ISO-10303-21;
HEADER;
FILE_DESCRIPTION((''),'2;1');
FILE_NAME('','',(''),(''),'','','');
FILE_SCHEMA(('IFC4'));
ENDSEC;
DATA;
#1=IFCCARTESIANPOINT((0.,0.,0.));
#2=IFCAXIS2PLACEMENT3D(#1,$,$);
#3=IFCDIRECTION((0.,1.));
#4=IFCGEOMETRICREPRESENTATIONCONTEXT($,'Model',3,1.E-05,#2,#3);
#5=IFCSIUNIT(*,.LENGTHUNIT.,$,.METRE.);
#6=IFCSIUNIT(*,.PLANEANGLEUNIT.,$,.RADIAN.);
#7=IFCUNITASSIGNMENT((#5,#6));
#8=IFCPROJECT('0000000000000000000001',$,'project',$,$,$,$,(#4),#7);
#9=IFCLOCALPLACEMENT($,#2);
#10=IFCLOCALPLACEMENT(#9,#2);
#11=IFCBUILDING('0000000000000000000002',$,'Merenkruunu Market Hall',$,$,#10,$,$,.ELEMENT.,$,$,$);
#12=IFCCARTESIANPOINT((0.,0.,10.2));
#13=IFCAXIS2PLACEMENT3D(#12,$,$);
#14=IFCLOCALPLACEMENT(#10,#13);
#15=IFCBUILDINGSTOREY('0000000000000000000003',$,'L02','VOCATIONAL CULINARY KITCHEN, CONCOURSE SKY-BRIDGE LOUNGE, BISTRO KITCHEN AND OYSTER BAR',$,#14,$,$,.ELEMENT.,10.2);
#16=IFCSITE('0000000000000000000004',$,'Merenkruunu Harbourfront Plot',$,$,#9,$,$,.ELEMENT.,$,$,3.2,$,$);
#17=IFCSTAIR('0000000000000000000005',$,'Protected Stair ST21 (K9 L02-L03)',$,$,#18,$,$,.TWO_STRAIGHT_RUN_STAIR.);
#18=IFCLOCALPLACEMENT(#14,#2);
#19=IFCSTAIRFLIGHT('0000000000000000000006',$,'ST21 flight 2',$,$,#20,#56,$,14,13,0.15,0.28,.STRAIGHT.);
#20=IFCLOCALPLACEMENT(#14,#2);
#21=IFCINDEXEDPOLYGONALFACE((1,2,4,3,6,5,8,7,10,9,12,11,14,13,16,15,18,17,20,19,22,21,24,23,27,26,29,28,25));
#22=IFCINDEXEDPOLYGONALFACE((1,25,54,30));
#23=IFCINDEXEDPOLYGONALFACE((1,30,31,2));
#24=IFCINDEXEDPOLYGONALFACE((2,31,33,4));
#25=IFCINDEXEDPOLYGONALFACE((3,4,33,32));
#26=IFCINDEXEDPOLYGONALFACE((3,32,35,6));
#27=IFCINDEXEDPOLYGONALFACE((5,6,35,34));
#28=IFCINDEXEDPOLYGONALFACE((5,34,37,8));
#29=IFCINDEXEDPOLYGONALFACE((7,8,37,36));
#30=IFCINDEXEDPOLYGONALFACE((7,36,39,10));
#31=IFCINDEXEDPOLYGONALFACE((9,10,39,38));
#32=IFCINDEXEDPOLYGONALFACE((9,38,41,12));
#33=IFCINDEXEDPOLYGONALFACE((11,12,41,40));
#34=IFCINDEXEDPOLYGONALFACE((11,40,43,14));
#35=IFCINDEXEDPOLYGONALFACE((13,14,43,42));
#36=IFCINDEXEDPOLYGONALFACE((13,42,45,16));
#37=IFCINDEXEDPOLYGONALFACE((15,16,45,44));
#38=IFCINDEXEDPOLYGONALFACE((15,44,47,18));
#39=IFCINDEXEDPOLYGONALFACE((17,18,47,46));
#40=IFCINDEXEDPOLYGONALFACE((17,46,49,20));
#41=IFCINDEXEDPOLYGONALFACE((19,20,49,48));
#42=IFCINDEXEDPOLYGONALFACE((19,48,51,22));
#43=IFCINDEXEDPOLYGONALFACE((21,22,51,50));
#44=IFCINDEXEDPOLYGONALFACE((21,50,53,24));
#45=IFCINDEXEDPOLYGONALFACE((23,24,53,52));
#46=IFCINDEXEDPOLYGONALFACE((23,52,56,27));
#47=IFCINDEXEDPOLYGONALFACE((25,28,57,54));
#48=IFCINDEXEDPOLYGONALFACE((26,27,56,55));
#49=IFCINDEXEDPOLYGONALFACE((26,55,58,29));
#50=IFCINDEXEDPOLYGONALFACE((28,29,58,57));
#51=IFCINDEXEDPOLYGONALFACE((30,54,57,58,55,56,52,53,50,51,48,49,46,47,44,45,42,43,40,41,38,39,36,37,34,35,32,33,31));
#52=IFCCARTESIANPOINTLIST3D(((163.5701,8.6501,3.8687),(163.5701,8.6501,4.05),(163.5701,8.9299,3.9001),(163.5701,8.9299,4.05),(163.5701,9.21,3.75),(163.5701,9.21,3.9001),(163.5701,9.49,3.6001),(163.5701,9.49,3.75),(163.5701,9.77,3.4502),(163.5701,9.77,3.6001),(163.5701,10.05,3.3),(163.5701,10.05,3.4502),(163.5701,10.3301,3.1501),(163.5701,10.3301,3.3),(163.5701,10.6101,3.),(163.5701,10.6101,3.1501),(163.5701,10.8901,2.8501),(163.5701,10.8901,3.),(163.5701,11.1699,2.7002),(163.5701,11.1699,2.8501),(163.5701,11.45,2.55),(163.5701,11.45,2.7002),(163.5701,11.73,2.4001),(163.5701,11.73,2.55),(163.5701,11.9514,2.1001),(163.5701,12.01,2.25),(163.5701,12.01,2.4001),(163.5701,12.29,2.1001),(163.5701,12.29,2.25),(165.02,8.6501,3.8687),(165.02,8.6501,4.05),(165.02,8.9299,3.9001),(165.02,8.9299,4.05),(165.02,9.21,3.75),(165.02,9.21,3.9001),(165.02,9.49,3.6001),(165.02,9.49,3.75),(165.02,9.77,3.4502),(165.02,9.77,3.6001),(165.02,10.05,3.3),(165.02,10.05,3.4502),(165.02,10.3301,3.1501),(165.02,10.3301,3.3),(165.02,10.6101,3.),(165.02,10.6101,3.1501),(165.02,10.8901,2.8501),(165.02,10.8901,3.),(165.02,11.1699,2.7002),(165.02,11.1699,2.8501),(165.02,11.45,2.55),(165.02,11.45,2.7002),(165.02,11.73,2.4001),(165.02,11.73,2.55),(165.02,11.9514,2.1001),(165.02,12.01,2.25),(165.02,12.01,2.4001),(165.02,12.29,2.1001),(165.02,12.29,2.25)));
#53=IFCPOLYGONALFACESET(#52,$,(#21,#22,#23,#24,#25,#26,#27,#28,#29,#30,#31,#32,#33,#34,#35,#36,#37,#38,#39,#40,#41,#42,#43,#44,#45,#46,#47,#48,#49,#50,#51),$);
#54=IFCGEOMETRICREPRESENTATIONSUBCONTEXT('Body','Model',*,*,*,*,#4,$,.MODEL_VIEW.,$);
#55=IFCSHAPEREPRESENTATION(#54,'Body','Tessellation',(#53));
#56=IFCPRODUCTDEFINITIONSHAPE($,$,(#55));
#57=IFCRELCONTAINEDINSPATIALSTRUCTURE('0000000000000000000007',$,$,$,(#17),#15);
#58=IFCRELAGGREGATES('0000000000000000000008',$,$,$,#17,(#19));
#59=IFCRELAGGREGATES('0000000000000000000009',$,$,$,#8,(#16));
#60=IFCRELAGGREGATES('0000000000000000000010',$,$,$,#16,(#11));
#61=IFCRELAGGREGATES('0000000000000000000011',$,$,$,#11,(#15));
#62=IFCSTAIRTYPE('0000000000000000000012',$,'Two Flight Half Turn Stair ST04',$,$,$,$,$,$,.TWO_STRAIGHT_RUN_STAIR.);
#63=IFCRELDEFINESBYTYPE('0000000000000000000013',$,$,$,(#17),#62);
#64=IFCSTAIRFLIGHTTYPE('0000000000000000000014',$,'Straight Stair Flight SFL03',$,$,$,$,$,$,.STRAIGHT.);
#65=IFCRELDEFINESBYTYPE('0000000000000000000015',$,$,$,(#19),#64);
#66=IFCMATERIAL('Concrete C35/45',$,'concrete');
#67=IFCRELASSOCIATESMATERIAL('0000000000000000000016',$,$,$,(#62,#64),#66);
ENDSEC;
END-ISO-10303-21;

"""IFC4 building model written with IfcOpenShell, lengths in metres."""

from ifc_helpers import new_model, si_unit, direction, frame, origin, place, context, subcontext, project, spatial, polyline, outline, extrude, material, type_object, element, aggregate, save


model = new_model("IFC4")

# Units and contexts
model_context = context("Model", 3, precision=1e-05, world=origin(), true_north=direction((0.0, 1.0)))
body_context = subcontext(model_context, "Body", "Model", "MODEL_VIEW")
ifc_project = project(units=[si_unit("LENGTHUNIT", "METRE"), si_unit("PLANEANGLEUNIT", "RADIAN")], contexts=[model_context])

# Site, building, storey
site_placement = place(None, origin())
site = spatial("IfcSite", under=ifc_project, at=site_placement, Name="Merenkruunu Harbourfront Plot", CompositionType="ELEMENT", RefElevation=3.2)
building_placement = place(site_placement, origin())
building = spatial("IfcBuilding", under=site, at=building_placement, Name="Merenkruunu Market Hall", CompositionType="ELEMENT")
storey_placement = place(building_placement, frame((0.0, 0.0, 10.2)))
storey = spatial("IfcBuildingStorey", under=building, at=storey_placement, Name="L02", Description="VOCATIONAL CULINARY KITCHEN, CONCOURSE SKY-BRIDGE LOUNGE, BISTRO KITCHEN AND OYSTER BAR", CompositionType="ELEMENT", Elevation=10.2)

# Shared definitions
ifc_material_1 = material(Name="Concrete C35/45", Category="concrete")

# Stair, stair flight
stair_type = type_object("IfcStairType", Name="Two Flight Half Turn Stair ST04", PredefinedType="TWO_STRAIGHT_RUN_STAIR", material=ifc_material_1)
stair_placement = place(storey_placement, origin())
stair = element("IfcStair", 1, at=stair_placement, inside=storey, type_object=stair_type, Name="Protected Stair ST21 (K9 L02-L03)", PredefinedType="TWO_STRAIGHT_RUN_STAIR")
stair_flight_type = type_object("IfcStairFlightType", Name="Straight Stair Flight SFL03", PredefinedType="STRAIGHT", material=ifc_material_1)
stair_flight_1_placement = place(storey_placement, frame((164.2949, 12.29, 2.1001), z_axis=(0.0, 0.0, 1.0), x_axis=(0.0, -1.0, 0.0)))
stair_flight_1 = element("IfcStairFlight", 2, at=stair_flight_1_placement, type_object=stair_flight_type, Name="ST21 flight 2", NumberOfRisers=14, NumberOfTreads=13, PredefinedType="STRAIGHT", RiserHeight=0.15, TreadLength=0.28, context=body_context, shape_type="SweptSolid", body=[
    extrude(outline(polyline([(0.0, 0.0), (0.0, 0.1499), (0.28, 0.1499), (0.28, 0.3), (0.5601, 0.3), (0.5601, 0.45), (0.8401, 0.45), (0.8401, 0.6001), (1.1201, 0.6001), (1.1201, 0.75), (1.3999, 0.75), (1.3999, 0.8999), (1.6799, 0.8999), (1.6799, 1.05), (1.96, 1.05), (1.96, 1.2), (2.24, 1.2), (2.24, 1.3501), (2.52, 1.3501), (2.52, 1.5), (2.8, 1.5), (2.8, 1.6499), (3.0801, 1.6499), (3.0801, 1.8), (3.3601, 1.8), (3.3601, 1.95), (3.6399, 1.95), (3.6399, 2.1001), (3.6399, 1.7686), (0.3386, 0.0), (0.0, 0.0)])), frame((0.0, 0.7251, 0.0), z_axis=(0.0, -1.0, 0.0), x_axis=(1.0, 0.0, 0.0)), (0.0, 0.0, 1.0), 1.45),
])
aggregate(stair, [stair_flight_1])

save(model, "model.ifc")
